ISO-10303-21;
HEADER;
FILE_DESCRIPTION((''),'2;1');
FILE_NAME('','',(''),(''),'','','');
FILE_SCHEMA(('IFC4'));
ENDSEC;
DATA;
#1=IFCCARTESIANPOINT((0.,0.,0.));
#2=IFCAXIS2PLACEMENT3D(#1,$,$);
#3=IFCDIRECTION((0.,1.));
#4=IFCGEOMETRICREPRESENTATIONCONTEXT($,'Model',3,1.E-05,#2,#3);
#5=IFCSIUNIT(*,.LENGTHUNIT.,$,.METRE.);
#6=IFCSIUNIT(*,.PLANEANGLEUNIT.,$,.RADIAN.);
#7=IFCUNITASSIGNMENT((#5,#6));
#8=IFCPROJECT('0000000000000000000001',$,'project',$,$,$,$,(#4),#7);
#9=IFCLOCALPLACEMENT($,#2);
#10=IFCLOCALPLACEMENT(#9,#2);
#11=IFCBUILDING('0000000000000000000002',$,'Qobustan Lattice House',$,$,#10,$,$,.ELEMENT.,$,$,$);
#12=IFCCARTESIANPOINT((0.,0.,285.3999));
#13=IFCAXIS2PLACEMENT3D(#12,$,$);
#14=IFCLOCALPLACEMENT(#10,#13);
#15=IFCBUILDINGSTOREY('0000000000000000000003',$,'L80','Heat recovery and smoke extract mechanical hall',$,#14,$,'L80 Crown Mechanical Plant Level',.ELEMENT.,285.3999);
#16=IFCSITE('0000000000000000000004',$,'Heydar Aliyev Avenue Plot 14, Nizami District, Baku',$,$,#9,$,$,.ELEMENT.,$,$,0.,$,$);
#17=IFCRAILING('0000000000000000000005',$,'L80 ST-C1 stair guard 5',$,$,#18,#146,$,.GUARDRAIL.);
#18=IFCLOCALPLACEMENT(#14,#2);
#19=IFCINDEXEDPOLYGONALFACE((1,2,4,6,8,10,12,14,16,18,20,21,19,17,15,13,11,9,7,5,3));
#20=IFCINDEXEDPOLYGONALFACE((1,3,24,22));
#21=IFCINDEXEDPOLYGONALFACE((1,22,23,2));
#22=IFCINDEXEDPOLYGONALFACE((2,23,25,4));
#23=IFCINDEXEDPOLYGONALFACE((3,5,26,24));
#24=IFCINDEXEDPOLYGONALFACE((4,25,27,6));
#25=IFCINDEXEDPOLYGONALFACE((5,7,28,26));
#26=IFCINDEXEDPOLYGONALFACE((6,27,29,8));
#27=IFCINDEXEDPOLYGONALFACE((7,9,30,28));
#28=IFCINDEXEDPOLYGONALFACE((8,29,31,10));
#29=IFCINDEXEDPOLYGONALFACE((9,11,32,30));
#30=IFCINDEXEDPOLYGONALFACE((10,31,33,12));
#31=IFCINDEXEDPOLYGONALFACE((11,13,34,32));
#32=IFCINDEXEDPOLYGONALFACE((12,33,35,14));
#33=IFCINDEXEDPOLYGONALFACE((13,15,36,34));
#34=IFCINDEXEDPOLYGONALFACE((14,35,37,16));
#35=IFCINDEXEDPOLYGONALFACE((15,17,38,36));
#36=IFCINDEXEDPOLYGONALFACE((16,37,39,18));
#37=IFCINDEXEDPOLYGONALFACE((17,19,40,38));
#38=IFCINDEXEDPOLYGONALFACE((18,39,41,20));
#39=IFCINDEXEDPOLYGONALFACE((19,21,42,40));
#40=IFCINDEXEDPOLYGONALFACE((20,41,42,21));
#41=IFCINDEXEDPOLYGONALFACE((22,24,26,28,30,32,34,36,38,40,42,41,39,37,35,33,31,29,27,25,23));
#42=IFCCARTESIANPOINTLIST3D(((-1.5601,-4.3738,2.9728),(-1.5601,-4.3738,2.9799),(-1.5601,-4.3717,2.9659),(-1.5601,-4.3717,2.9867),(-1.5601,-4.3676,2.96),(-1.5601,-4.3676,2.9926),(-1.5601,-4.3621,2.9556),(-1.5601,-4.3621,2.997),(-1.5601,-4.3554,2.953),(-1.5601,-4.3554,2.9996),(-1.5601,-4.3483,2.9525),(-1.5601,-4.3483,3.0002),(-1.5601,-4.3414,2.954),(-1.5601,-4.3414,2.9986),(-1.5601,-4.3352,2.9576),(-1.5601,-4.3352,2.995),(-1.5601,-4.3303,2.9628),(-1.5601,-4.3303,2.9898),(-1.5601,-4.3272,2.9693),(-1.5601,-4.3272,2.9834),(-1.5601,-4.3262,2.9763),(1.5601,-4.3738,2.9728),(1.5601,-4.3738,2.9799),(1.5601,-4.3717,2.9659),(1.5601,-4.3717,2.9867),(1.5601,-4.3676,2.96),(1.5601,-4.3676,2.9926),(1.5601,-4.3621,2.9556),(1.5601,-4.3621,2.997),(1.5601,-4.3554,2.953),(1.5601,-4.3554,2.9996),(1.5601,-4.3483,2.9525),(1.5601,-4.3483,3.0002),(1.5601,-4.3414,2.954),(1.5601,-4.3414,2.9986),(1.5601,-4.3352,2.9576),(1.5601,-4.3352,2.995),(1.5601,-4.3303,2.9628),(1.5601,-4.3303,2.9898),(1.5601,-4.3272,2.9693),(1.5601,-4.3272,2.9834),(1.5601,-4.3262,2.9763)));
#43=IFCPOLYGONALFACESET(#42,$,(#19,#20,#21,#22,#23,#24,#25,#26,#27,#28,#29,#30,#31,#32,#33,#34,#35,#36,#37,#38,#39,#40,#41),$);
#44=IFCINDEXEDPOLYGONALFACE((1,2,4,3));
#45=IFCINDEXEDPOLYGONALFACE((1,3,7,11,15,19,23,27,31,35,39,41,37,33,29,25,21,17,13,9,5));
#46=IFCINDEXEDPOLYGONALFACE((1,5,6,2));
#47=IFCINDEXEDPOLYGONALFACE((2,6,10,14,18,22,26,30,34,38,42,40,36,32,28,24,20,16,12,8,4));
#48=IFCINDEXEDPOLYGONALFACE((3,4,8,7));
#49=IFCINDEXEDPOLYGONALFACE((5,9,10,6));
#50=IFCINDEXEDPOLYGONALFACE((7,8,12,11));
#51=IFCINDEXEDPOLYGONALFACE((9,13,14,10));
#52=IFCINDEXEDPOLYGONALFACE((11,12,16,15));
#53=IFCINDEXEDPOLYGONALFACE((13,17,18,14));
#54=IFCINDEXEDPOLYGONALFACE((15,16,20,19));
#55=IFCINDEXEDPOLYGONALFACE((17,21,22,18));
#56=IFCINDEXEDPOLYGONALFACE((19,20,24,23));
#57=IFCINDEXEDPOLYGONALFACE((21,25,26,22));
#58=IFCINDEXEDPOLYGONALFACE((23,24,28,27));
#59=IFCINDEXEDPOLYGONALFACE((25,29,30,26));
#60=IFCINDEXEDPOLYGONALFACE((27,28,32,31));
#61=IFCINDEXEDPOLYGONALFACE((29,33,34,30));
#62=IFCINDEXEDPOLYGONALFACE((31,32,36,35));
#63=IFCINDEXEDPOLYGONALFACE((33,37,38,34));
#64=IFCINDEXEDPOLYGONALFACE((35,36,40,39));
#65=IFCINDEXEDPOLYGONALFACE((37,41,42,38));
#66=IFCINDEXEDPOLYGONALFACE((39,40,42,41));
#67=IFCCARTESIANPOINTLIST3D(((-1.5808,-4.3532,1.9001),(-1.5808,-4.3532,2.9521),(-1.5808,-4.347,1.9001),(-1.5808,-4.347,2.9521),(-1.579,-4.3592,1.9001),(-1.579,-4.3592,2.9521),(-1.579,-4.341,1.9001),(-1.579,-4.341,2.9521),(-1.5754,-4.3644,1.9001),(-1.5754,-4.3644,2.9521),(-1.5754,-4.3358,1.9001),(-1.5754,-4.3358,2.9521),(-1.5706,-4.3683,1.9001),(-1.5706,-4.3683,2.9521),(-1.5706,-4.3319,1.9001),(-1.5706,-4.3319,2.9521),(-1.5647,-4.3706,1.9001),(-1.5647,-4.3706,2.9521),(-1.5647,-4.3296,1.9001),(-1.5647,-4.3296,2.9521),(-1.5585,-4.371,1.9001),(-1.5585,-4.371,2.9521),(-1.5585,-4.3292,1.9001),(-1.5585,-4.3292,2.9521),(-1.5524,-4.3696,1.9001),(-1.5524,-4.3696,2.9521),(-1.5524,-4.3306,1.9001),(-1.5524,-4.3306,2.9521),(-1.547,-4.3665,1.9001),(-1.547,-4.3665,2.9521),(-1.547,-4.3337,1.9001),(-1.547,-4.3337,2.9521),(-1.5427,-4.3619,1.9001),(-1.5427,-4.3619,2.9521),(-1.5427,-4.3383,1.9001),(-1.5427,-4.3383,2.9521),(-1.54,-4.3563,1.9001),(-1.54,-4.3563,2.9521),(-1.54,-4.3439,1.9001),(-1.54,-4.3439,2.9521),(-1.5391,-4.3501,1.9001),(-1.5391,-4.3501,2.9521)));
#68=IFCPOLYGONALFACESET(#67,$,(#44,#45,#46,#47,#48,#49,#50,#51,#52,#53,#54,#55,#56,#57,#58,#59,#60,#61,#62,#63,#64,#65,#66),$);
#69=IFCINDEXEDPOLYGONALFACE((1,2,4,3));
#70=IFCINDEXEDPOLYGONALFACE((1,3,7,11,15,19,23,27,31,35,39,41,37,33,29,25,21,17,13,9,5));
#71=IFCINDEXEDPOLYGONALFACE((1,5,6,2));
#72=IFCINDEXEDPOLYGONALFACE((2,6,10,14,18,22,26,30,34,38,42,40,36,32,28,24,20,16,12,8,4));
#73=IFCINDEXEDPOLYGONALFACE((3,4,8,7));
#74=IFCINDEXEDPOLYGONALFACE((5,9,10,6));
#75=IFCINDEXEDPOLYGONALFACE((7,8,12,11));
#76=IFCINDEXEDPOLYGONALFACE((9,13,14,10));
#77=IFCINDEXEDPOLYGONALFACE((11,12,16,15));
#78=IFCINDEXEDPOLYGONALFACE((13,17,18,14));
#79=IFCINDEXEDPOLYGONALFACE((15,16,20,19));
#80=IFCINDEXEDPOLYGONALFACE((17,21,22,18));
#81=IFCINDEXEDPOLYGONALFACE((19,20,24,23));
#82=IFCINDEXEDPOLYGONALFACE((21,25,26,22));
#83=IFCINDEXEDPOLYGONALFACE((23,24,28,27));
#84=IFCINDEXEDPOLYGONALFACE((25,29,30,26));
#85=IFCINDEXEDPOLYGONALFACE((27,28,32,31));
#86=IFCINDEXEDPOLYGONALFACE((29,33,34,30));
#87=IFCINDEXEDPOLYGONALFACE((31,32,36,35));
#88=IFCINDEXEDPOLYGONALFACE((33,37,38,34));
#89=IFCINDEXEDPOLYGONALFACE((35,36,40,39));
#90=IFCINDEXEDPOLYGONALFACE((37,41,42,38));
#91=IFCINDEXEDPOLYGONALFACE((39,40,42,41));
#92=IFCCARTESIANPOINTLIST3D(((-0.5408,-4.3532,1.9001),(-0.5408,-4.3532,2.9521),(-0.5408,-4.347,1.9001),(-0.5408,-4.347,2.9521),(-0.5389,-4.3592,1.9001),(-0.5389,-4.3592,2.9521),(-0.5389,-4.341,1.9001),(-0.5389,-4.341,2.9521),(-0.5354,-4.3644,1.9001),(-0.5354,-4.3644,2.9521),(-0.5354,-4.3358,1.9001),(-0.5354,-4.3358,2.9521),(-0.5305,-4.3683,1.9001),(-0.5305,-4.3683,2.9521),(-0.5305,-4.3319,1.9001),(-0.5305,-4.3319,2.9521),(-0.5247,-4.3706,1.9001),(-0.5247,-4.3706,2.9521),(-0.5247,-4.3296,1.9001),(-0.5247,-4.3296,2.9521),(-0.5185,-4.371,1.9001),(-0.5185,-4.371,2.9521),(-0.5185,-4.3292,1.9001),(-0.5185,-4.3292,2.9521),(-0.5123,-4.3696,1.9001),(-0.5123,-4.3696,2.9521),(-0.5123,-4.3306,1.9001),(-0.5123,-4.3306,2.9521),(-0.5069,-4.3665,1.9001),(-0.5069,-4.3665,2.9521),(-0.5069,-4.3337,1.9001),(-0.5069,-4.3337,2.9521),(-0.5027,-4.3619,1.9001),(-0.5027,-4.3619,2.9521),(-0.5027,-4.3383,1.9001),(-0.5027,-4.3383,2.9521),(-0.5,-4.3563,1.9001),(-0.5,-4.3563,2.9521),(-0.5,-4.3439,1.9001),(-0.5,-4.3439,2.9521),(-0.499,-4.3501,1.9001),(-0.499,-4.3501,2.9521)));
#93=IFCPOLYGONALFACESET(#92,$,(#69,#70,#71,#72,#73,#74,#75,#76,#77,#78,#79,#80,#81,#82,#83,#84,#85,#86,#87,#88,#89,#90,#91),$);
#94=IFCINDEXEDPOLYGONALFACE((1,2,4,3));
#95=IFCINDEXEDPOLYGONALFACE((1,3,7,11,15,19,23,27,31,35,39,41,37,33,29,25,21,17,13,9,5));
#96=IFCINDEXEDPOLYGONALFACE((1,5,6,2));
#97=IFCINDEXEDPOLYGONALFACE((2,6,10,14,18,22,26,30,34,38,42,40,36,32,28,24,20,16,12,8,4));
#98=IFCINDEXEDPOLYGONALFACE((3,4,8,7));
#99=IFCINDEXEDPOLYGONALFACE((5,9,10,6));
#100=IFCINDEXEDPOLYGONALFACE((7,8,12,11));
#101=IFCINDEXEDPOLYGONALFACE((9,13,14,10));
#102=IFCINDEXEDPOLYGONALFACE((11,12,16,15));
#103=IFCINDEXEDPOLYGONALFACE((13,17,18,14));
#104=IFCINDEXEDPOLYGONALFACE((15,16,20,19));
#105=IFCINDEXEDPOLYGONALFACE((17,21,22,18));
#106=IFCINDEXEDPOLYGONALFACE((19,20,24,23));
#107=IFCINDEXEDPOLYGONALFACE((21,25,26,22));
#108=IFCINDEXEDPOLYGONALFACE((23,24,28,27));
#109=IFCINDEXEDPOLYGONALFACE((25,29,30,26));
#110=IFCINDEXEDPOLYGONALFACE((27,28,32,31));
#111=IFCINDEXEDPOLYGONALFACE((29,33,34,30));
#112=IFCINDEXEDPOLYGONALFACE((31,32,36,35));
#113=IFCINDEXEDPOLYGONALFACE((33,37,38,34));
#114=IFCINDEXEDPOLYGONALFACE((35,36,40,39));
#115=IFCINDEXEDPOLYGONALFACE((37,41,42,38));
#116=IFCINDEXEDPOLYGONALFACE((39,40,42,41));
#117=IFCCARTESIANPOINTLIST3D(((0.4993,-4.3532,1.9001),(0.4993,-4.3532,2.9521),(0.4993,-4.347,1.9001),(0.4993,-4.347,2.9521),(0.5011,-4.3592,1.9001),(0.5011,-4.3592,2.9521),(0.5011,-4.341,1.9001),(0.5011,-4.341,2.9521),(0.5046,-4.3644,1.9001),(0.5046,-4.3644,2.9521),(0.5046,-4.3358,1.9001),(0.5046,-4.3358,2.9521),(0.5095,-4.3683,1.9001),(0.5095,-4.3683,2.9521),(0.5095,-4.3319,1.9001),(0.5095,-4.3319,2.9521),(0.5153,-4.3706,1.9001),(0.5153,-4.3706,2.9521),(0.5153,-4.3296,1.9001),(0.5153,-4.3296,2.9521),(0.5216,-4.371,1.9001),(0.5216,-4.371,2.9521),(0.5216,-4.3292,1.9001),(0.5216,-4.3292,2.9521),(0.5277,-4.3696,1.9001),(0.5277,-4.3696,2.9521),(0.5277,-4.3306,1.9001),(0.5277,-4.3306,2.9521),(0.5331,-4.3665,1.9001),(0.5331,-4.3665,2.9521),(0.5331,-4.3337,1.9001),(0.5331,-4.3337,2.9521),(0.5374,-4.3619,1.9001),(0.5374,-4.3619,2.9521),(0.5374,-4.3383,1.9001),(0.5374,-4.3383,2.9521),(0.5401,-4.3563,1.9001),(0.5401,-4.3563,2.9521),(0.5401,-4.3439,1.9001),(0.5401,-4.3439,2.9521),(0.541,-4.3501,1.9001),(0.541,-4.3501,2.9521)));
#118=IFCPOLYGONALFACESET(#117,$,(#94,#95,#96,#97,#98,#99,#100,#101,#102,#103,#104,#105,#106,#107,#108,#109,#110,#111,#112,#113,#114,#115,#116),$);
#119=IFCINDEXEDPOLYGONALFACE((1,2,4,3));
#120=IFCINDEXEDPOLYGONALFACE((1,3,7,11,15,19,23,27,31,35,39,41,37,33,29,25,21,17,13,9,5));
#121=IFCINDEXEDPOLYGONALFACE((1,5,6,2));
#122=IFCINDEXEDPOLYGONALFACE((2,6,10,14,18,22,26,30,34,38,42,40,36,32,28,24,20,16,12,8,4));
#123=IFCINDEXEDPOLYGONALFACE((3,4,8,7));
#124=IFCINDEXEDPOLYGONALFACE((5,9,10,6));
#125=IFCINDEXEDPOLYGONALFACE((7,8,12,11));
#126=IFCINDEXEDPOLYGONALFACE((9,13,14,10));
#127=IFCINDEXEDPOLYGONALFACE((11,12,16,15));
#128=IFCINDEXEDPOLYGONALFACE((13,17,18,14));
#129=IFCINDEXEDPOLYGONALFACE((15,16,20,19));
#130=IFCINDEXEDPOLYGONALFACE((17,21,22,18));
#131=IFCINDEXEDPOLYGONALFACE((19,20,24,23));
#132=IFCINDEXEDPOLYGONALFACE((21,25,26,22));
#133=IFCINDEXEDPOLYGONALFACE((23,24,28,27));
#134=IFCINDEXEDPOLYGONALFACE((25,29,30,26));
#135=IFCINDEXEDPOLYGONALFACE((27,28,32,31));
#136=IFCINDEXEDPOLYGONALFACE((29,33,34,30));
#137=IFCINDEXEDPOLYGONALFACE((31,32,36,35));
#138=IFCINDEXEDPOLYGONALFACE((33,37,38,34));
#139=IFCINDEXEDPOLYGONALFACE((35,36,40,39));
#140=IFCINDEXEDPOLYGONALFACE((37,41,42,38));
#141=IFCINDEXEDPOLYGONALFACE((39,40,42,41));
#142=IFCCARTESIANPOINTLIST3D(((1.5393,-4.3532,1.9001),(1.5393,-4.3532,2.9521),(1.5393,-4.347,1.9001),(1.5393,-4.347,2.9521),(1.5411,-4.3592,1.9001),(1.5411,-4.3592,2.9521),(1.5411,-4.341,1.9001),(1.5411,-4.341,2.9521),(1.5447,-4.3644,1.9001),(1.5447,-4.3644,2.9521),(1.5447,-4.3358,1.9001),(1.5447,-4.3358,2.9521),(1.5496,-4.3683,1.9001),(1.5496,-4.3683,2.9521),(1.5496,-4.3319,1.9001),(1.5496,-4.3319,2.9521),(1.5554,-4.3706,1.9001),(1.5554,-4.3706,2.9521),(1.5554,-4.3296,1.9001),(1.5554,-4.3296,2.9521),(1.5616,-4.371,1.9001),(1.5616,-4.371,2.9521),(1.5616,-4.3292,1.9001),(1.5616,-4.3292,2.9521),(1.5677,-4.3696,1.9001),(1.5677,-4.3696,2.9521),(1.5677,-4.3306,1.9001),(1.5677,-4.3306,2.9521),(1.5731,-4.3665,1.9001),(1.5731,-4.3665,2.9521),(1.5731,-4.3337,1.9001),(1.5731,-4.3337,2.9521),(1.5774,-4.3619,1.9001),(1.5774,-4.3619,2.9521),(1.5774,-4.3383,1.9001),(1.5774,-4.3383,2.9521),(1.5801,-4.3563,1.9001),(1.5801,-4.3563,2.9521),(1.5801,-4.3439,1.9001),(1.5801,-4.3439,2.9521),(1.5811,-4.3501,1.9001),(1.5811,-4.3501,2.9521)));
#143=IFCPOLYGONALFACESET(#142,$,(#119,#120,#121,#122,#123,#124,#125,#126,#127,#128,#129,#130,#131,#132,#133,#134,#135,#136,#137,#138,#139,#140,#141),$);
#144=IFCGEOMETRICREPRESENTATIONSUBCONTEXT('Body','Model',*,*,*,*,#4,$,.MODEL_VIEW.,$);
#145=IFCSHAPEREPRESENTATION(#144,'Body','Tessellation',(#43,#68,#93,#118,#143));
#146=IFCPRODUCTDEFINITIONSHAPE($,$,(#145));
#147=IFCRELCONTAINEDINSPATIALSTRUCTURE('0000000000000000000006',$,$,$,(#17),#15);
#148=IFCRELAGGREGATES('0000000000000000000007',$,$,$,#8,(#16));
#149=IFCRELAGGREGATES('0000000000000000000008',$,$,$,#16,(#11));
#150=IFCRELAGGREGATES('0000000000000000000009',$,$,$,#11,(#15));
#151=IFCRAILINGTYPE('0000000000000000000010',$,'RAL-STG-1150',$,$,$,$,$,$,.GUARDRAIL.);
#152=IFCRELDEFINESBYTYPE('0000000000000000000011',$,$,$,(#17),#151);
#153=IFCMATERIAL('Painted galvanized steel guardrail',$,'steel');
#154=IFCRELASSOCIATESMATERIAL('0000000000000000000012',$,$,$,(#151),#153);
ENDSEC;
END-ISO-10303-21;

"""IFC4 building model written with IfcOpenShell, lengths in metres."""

from ifc_helpers import new_model, si_unit, direction, frame, origin, origin_2d, place, context, subcontext, project, spatial, circle, extrude, material, type_object, element, save


model = new_model("IFC4")

# Units and contexts
model_context = context("Model", 3, precision=1e-05, world=origin(), true_north=direction((0.0, 1.0)))
body_context = subcontext(model_context, "Body", "Model", "MODEL_VIEW")
ifc_project = project(units=[si_unit("LENGTHUNIT", "METRE"), si_unit("PLANEANGLEUNIT", "RADIAN")], contexts=[model_context])

# Site, building, storey
site_placement = place(None, origin())
site = spatial("IfcSite", under=ifc_project, at=site_placement, Name="Heydar Aliyev Avenue Plot 14, Nizami District, Baku", CompositionType="ELEMENT", RefElevation=0.0)
building_placement = place(site_placement, origin())
building = spatial("IfcBuilding", under=site, at=building_placement, Name="Qobustan Lattice House", CompositionType="ELEMENT")
storey_placement = place(building_placement, frame((0.0, 0.0, 285.3999)))
storey = spatial("IfcBuildingStorey", under=building, at=storey_placement, Name="L80", Description="Heat recovery and smoke extract mechanical hall", LongName="L80 Crown Mechanical Plant Level", CompositionType="ELEMENT", Elevation=285.3999)

# Railing
ifc_material_1 = material(Name="Painted galvanized steel guardrail", Category="steel")
railing_type = type_object("IfcRailingType", Name="RAL-STG-1150", PredefinedType="GUARDRAIL", material=ifc_material_1)
railing_1_placement = place(storey_placement, frame((-1.5601, -4.3501, 1.9001)))
element("IfcRailing", 1, at=railing_1_placement, inside=storey, type_object=railing_type, Name="L80 ST-C1 stair guard 5", PredefinedType="GUARDRAIL", context=body_context, shape_type="SweptSolid", body=[
    extrude(circle(Radius=0.0239, at=origin_2d()), frame((0.0, 0.0, 1.0762), z_axis=(1.0, 0.0, 0.0), x_axis=(0.0, 1.0, 0.0)), (0.0, 0.0, 1.0), 3.1201),
    extrude(circle(Radius=0.021, at=origin_2d()), origin(), (0.0, 0.0, 1.0), 1.052),
    extrude(circle(Radius=0.021, at=origin_2d()), frame((1.04, 0.0, 0.0)), (0.0, 0.0, 1.0), 1.052),
    extrude(circle(Radius=0.021, at=origin_2d()), frame((2.0801, 0.0, 0.0)), (0.0, 0.0, 1.0), 1.052),
    extrude(circle(Radius=0.021, at=origin_2d()), frame((3.1201, 0.0, 0.0)), (0.0, 0.0, 1.0), 1.052),
])

save(model, "model.ifc")
